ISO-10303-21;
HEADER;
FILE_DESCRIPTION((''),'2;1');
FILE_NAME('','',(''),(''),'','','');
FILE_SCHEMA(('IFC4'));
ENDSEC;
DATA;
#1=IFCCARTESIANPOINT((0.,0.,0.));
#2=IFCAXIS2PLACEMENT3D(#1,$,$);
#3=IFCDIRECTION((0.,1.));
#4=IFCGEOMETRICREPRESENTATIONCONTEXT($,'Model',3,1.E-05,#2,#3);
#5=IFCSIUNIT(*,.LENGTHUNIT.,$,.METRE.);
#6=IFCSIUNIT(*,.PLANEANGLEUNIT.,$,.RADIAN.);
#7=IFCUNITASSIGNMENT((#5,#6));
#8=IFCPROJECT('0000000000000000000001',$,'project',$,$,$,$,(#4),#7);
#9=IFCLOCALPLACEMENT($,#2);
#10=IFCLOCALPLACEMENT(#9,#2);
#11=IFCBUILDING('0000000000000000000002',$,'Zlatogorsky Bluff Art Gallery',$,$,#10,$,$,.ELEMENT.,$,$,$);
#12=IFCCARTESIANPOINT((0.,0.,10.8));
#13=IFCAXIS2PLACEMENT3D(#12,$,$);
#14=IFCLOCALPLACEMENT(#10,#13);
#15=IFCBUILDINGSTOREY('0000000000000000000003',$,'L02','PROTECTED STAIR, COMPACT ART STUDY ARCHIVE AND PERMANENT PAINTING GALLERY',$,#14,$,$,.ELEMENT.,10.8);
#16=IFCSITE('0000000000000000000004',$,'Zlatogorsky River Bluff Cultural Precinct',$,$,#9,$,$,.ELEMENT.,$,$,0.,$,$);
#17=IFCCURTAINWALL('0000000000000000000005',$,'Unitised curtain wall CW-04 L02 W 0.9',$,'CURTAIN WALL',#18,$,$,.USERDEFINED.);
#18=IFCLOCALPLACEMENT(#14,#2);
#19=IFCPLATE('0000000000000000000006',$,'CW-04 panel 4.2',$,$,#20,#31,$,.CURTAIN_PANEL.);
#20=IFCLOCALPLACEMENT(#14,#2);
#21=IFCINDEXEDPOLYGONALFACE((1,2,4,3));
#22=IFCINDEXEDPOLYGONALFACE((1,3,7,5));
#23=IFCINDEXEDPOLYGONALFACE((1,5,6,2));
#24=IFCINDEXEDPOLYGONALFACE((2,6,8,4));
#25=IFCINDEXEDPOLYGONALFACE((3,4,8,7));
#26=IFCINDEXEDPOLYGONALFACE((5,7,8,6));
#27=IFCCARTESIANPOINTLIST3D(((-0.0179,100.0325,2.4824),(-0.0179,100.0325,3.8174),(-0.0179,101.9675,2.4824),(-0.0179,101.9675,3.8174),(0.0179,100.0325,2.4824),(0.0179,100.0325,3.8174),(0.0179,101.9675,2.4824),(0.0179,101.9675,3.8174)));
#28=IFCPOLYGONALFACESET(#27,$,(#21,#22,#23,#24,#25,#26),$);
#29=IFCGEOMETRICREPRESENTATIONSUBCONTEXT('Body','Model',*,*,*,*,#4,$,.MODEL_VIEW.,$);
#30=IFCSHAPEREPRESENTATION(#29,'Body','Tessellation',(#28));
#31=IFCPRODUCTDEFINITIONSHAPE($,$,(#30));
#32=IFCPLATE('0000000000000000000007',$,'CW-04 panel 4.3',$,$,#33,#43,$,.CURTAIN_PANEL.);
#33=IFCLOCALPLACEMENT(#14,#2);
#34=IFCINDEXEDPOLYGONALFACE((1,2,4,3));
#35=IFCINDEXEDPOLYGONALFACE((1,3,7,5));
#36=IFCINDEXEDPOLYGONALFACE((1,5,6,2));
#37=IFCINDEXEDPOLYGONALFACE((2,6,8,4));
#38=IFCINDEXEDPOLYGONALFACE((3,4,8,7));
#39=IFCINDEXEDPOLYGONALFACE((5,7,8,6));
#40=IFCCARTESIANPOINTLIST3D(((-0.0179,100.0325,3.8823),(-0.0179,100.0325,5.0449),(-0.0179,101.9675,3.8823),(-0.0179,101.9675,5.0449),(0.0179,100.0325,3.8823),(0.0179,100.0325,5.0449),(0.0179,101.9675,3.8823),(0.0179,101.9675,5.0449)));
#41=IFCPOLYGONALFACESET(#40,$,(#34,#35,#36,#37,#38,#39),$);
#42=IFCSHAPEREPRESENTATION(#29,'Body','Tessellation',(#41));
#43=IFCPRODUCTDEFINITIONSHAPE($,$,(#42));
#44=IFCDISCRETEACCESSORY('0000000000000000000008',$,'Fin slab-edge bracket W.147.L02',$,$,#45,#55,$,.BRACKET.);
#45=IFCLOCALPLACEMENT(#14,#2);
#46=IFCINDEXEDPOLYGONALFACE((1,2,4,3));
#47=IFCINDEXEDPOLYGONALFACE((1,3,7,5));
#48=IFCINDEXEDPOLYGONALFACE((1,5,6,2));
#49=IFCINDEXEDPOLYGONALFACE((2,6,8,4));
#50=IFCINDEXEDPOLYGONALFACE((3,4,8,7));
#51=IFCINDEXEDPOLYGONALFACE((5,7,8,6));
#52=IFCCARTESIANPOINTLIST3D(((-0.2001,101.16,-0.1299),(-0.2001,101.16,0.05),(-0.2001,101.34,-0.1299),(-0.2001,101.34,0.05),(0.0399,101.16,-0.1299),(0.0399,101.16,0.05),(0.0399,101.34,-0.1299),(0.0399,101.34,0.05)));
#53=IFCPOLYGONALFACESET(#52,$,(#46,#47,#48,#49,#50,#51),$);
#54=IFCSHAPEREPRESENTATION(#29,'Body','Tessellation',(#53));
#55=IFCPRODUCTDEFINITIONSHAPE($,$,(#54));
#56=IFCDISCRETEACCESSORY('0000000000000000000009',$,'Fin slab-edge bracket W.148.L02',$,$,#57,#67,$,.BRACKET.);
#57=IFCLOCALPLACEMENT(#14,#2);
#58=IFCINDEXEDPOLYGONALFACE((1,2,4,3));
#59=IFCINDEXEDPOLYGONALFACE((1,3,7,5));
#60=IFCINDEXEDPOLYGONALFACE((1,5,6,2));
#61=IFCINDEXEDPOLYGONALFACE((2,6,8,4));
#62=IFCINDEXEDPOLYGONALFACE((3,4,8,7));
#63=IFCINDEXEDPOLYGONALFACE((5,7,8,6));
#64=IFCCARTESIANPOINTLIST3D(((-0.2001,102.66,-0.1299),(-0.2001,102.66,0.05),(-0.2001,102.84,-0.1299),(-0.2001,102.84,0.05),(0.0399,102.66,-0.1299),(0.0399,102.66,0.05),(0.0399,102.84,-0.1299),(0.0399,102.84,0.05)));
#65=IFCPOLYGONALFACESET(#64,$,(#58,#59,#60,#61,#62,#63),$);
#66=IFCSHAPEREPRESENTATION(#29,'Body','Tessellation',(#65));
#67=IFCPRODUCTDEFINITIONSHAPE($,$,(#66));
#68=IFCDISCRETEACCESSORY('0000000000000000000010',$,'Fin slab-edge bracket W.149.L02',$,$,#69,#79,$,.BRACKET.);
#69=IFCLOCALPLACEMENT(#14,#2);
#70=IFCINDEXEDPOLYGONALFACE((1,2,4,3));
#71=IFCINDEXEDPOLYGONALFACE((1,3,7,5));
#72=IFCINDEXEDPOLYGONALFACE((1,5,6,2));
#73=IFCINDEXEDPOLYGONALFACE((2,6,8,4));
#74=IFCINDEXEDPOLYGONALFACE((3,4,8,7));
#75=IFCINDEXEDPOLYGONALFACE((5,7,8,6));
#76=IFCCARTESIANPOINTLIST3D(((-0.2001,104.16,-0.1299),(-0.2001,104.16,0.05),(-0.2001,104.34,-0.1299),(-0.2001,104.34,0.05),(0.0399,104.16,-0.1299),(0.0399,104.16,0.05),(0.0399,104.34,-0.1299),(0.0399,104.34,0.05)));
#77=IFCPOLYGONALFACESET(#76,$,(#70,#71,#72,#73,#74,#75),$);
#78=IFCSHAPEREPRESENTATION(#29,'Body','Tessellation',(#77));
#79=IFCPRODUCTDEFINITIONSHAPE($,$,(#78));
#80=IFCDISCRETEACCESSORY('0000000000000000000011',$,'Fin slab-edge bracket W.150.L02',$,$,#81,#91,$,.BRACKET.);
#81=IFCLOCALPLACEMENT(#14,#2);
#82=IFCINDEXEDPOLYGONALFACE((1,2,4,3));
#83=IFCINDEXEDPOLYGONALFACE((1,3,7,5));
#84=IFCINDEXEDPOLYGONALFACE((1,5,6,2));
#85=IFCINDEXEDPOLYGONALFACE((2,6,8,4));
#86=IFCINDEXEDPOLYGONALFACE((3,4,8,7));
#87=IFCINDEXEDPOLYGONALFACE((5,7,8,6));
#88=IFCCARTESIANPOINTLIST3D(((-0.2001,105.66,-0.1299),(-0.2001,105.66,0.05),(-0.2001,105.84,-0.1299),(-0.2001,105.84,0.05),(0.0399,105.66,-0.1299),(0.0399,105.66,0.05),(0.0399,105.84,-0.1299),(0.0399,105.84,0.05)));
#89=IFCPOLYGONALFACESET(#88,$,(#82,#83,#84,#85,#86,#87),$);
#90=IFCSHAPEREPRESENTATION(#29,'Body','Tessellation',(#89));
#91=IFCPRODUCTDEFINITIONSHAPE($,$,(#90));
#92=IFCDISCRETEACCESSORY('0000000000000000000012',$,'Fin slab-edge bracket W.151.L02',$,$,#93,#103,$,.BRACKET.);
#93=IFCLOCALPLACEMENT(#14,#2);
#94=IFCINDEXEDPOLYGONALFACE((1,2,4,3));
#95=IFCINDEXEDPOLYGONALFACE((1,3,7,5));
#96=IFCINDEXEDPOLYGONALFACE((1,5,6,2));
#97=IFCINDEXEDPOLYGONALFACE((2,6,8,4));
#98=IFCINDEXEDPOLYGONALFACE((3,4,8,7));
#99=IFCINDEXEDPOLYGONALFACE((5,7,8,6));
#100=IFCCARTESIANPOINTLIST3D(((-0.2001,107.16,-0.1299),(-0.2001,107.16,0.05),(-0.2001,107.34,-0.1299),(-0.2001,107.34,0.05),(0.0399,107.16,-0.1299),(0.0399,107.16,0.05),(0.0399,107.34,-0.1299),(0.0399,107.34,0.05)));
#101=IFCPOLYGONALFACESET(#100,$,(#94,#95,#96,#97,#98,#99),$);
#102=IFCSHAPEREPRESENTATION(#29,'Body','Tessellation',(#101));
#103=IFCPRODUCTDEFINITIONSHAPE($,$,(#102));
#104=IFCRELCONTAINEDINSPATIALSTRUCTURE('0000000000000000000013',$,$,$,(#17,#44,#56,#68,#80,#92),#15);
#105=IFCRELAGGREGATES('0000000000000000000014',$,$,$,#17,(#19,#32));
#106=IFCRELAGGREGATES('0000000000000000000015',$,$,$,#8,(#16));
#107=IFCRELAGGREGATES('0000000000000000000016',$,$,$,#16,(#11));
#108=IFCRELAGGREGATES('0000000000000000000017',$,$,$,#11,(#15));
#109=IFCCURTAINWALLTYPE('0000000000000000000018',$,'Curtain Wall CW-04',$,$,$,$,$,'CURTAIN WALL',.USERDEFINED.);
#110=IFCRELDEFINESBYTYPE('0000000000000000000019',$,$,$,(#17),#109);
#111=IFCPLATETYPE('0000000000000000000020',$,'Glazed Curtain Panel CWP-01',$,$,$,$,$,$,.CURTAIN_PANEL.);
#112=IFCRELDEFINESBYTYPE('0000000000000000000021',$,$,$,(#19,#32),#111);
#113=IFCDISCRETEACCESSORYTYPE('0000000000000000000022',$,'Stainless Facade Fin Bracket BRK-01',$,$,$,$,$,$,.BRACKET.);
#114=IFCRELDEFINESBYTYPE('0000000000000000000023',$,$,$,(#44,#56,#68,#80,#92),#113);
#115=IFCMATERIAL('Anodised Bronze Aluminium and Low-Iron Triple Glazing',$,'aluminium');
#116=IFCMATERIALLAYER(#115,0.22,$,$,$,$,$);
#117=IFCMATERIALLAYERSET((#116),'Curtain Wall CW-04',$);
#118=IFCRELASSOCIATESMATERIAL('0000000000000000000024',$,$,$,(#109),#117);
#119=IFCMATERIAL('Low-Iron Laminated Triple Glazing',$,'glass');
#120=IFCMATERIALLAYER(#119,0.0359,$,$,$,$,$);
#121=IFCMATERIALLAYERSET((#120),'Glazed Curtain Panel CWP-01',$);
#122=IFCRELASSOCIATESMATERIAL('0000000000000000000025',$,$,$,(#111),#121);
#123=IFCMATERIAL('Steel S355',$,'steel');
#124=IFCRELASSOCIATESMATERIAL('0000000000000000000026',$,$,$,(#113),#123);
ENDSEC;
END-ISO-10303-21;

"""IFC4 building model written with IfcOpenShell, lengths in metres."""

from ifc_helpers import new_model, si_unit, direction, frame, origin, origin_2d, place, context, subcontext, project, spatial, rectangle, extrude, material, layer, layer_set, type_object, element, aggregate, save


model = new_model("IFC4")

# Units and contexts
model_context = context("Model", 3, precision=1e-05, world=origin(), true_north=direction((0.0, 1.0)))
body_context = subcontext(model_context, "Body", "Model", "MODEL_VIEW")
ifc_project = project(units=[si_unit("LENGTHUNIT", "METRE"), si_unit("PLANEANGLEUNIT", "RADIAN")], contexts=[model_context])

# Site, building, storey
site_placement = place(None, origin())
site = spatial("IfcSite", under=ifc_project, at=site_placement, Name="Zlatogorsky River Bluff Cultural Precinct", CompositionType="ELEMENT", RefElevation=0.0)
building_placement = place(site_placement, origin())
building = spatial("IfcBuilding", under=site, at=building_placement, Name="Zlatogorsky Bluff Art Gallery", CompositionType="ELEMENT")
storey_placement = place(building_placement, frame((0.0, 0.0, 10.8)))
storey = spatial("IfcBuildingStorey", under=building, at=storey_placement, Name="L02", Description="PROTECTED STAIR, COMPACT ART STUDY ARCHIVE AND PERMANENT PAINTING GALLERY", CompositionType="ELEMENT", Elevation=10.8)

# Curtain wall, plates
ifc_material_1 = material(Name="Anodised Bronze Aluminium and Low-Iron Triple Glazing", Category="aluminium")
ifc_layer_1 = layer(ifc_material_1, 0.22)
ifc_layer_set_1 = layer_set([ifc_layer_1], Name="Curtain Wall CW-04")
curtain_wall_type = type_object("IfcCurtainWallType", Name="Curtain Wall CW-04", ElementType="CURTAIN WALL", PredefinedType="USERDEFINED", material=ifc_layer_set_1)
curtain_wall_placement = place(storey_placement, origin())
curtain_wall = element("IfcCurtainWall", 1, at=curtain_wall_placement, inside=storey, type_object=curtain_wall_type, Name="Unitised curtain wall CW-04 L02 W 0.9", ObjectType="CURTAIN WALL", PredefinedType="USERDEFINED")
ifc_material_2 = material(Name="Low-Iron Laminated Triple Glazing", Category="glass")
ifc_layer_2 = layer(ifc_material_2, 0.0359)
ifc_layer_set_2 = layer_set([ifc_layer_2], Name="Glazed Curtain Panel CWP-01")
plate_type = type_object("IfcPlateType", Name="Glazed Curtain Panel CWP-01", PredefinedType="CURTAIN_PANEL", material=ifc_layer_set_2)
plate_1_placement = place(storey_placement, frame((0.0, 101.0, 2.4824), z_axis=(0.0, 0.0, 1.0), x_axis=(0.0, -1.0, 0.0)))
plate_1 = element("IfcPlate", 2, at=plate_1_placement, type_object=plate_type, Name="CW-04 panel 4.2", PredefinedType="CURTAIN_PANEL", context=body_context, shape_type="SweptSolid", body=[
    extrude(rectangle(XDim=1.9351, YDim=0.0359, at=origin_2d()), origin(), (0.0, 0.0, 1.0), 1.335),
])
plate_2_placement = place(storey_placement, frame((0.0, 101.0, 3.8823), z_axis=(0.0, 0.0, 1.0), x_axis=(0.0, -1.0, 0.0)))
plate_2 = element("IfcPlate", 3, at=plate_2_placement, type_object=plate_type, Name="CW-04 panel 4.3", PredefinedType="CURTAIN_PANEL", context=body_context, shape_type="SweptSolid", body=[
    extrude(rectangle(XDim=1.9351, YDim=0.0359, at=origin_2d()), origin(), (0.0, 0.0, 1.0), 1.1626),
])
aggregate(curtain_wall, [plate_1, plate_2])

# Discrete accessories
ifc_material_3 = material(Name="Steel S355", Category="steel")
discrete_accessory_type = type_object("IfcDiscreteAccessoryType", Name="Stainless Facade Fin Bracket BRK-01", PredefinedType="BRACKET", material=ifc_material_3)
for number, where, z_axis, x_axis, name in (
    (4, (-0.0801, 101.25, -0.1299), (0.0, 0.0, 1.0), (1.0, 0.0, 0.0), "Fin slab-edge bracket W.147.L02"),
    (5, (-0.0801, 102.75, -0.1299), (0.0, 0.0, 1.0), (1.0, 0.0, 0.0), "Fin slab-edge bracket W.148.L02"),
    (6, (-0.0801, 104.25, -0.1299), (0.0, 0.0, 1.0), (1.0, 0.0, 0.0), "Fin slab-edge bracket W.149.L02"),
    (7, (-0.0801, 105.75, -0.1299), (0.0, 0.0, 1.0), (1.0, 0.0, 0.0), "Fin slab-edge bracket W.150.L02"),
    (8, (-0.0801, 107.25, -0.1299), (0.0, 0.0, 1.0), (1.0, 0.0, 0.0), "Fin slab-edge bracket W.151.L02"),
):
    element("IfcDiscreteAccessory", number, at=place(storey_placement, frame(where, z_axis=z_axis, x_axis=x_axis)), inside=storey, type_object=discrete_accessory_type, Name=name, PredefinedType="BRACKET", context=body_context, shape_type="SweptSolid", body=[
        extrude(rectangle(XDim=0.24, YDim=0.1799, at=origin_2d()), origin(), (0.0, 0.0, 1.0), 0.1799),
    ])

save(model, "model.ifc")
